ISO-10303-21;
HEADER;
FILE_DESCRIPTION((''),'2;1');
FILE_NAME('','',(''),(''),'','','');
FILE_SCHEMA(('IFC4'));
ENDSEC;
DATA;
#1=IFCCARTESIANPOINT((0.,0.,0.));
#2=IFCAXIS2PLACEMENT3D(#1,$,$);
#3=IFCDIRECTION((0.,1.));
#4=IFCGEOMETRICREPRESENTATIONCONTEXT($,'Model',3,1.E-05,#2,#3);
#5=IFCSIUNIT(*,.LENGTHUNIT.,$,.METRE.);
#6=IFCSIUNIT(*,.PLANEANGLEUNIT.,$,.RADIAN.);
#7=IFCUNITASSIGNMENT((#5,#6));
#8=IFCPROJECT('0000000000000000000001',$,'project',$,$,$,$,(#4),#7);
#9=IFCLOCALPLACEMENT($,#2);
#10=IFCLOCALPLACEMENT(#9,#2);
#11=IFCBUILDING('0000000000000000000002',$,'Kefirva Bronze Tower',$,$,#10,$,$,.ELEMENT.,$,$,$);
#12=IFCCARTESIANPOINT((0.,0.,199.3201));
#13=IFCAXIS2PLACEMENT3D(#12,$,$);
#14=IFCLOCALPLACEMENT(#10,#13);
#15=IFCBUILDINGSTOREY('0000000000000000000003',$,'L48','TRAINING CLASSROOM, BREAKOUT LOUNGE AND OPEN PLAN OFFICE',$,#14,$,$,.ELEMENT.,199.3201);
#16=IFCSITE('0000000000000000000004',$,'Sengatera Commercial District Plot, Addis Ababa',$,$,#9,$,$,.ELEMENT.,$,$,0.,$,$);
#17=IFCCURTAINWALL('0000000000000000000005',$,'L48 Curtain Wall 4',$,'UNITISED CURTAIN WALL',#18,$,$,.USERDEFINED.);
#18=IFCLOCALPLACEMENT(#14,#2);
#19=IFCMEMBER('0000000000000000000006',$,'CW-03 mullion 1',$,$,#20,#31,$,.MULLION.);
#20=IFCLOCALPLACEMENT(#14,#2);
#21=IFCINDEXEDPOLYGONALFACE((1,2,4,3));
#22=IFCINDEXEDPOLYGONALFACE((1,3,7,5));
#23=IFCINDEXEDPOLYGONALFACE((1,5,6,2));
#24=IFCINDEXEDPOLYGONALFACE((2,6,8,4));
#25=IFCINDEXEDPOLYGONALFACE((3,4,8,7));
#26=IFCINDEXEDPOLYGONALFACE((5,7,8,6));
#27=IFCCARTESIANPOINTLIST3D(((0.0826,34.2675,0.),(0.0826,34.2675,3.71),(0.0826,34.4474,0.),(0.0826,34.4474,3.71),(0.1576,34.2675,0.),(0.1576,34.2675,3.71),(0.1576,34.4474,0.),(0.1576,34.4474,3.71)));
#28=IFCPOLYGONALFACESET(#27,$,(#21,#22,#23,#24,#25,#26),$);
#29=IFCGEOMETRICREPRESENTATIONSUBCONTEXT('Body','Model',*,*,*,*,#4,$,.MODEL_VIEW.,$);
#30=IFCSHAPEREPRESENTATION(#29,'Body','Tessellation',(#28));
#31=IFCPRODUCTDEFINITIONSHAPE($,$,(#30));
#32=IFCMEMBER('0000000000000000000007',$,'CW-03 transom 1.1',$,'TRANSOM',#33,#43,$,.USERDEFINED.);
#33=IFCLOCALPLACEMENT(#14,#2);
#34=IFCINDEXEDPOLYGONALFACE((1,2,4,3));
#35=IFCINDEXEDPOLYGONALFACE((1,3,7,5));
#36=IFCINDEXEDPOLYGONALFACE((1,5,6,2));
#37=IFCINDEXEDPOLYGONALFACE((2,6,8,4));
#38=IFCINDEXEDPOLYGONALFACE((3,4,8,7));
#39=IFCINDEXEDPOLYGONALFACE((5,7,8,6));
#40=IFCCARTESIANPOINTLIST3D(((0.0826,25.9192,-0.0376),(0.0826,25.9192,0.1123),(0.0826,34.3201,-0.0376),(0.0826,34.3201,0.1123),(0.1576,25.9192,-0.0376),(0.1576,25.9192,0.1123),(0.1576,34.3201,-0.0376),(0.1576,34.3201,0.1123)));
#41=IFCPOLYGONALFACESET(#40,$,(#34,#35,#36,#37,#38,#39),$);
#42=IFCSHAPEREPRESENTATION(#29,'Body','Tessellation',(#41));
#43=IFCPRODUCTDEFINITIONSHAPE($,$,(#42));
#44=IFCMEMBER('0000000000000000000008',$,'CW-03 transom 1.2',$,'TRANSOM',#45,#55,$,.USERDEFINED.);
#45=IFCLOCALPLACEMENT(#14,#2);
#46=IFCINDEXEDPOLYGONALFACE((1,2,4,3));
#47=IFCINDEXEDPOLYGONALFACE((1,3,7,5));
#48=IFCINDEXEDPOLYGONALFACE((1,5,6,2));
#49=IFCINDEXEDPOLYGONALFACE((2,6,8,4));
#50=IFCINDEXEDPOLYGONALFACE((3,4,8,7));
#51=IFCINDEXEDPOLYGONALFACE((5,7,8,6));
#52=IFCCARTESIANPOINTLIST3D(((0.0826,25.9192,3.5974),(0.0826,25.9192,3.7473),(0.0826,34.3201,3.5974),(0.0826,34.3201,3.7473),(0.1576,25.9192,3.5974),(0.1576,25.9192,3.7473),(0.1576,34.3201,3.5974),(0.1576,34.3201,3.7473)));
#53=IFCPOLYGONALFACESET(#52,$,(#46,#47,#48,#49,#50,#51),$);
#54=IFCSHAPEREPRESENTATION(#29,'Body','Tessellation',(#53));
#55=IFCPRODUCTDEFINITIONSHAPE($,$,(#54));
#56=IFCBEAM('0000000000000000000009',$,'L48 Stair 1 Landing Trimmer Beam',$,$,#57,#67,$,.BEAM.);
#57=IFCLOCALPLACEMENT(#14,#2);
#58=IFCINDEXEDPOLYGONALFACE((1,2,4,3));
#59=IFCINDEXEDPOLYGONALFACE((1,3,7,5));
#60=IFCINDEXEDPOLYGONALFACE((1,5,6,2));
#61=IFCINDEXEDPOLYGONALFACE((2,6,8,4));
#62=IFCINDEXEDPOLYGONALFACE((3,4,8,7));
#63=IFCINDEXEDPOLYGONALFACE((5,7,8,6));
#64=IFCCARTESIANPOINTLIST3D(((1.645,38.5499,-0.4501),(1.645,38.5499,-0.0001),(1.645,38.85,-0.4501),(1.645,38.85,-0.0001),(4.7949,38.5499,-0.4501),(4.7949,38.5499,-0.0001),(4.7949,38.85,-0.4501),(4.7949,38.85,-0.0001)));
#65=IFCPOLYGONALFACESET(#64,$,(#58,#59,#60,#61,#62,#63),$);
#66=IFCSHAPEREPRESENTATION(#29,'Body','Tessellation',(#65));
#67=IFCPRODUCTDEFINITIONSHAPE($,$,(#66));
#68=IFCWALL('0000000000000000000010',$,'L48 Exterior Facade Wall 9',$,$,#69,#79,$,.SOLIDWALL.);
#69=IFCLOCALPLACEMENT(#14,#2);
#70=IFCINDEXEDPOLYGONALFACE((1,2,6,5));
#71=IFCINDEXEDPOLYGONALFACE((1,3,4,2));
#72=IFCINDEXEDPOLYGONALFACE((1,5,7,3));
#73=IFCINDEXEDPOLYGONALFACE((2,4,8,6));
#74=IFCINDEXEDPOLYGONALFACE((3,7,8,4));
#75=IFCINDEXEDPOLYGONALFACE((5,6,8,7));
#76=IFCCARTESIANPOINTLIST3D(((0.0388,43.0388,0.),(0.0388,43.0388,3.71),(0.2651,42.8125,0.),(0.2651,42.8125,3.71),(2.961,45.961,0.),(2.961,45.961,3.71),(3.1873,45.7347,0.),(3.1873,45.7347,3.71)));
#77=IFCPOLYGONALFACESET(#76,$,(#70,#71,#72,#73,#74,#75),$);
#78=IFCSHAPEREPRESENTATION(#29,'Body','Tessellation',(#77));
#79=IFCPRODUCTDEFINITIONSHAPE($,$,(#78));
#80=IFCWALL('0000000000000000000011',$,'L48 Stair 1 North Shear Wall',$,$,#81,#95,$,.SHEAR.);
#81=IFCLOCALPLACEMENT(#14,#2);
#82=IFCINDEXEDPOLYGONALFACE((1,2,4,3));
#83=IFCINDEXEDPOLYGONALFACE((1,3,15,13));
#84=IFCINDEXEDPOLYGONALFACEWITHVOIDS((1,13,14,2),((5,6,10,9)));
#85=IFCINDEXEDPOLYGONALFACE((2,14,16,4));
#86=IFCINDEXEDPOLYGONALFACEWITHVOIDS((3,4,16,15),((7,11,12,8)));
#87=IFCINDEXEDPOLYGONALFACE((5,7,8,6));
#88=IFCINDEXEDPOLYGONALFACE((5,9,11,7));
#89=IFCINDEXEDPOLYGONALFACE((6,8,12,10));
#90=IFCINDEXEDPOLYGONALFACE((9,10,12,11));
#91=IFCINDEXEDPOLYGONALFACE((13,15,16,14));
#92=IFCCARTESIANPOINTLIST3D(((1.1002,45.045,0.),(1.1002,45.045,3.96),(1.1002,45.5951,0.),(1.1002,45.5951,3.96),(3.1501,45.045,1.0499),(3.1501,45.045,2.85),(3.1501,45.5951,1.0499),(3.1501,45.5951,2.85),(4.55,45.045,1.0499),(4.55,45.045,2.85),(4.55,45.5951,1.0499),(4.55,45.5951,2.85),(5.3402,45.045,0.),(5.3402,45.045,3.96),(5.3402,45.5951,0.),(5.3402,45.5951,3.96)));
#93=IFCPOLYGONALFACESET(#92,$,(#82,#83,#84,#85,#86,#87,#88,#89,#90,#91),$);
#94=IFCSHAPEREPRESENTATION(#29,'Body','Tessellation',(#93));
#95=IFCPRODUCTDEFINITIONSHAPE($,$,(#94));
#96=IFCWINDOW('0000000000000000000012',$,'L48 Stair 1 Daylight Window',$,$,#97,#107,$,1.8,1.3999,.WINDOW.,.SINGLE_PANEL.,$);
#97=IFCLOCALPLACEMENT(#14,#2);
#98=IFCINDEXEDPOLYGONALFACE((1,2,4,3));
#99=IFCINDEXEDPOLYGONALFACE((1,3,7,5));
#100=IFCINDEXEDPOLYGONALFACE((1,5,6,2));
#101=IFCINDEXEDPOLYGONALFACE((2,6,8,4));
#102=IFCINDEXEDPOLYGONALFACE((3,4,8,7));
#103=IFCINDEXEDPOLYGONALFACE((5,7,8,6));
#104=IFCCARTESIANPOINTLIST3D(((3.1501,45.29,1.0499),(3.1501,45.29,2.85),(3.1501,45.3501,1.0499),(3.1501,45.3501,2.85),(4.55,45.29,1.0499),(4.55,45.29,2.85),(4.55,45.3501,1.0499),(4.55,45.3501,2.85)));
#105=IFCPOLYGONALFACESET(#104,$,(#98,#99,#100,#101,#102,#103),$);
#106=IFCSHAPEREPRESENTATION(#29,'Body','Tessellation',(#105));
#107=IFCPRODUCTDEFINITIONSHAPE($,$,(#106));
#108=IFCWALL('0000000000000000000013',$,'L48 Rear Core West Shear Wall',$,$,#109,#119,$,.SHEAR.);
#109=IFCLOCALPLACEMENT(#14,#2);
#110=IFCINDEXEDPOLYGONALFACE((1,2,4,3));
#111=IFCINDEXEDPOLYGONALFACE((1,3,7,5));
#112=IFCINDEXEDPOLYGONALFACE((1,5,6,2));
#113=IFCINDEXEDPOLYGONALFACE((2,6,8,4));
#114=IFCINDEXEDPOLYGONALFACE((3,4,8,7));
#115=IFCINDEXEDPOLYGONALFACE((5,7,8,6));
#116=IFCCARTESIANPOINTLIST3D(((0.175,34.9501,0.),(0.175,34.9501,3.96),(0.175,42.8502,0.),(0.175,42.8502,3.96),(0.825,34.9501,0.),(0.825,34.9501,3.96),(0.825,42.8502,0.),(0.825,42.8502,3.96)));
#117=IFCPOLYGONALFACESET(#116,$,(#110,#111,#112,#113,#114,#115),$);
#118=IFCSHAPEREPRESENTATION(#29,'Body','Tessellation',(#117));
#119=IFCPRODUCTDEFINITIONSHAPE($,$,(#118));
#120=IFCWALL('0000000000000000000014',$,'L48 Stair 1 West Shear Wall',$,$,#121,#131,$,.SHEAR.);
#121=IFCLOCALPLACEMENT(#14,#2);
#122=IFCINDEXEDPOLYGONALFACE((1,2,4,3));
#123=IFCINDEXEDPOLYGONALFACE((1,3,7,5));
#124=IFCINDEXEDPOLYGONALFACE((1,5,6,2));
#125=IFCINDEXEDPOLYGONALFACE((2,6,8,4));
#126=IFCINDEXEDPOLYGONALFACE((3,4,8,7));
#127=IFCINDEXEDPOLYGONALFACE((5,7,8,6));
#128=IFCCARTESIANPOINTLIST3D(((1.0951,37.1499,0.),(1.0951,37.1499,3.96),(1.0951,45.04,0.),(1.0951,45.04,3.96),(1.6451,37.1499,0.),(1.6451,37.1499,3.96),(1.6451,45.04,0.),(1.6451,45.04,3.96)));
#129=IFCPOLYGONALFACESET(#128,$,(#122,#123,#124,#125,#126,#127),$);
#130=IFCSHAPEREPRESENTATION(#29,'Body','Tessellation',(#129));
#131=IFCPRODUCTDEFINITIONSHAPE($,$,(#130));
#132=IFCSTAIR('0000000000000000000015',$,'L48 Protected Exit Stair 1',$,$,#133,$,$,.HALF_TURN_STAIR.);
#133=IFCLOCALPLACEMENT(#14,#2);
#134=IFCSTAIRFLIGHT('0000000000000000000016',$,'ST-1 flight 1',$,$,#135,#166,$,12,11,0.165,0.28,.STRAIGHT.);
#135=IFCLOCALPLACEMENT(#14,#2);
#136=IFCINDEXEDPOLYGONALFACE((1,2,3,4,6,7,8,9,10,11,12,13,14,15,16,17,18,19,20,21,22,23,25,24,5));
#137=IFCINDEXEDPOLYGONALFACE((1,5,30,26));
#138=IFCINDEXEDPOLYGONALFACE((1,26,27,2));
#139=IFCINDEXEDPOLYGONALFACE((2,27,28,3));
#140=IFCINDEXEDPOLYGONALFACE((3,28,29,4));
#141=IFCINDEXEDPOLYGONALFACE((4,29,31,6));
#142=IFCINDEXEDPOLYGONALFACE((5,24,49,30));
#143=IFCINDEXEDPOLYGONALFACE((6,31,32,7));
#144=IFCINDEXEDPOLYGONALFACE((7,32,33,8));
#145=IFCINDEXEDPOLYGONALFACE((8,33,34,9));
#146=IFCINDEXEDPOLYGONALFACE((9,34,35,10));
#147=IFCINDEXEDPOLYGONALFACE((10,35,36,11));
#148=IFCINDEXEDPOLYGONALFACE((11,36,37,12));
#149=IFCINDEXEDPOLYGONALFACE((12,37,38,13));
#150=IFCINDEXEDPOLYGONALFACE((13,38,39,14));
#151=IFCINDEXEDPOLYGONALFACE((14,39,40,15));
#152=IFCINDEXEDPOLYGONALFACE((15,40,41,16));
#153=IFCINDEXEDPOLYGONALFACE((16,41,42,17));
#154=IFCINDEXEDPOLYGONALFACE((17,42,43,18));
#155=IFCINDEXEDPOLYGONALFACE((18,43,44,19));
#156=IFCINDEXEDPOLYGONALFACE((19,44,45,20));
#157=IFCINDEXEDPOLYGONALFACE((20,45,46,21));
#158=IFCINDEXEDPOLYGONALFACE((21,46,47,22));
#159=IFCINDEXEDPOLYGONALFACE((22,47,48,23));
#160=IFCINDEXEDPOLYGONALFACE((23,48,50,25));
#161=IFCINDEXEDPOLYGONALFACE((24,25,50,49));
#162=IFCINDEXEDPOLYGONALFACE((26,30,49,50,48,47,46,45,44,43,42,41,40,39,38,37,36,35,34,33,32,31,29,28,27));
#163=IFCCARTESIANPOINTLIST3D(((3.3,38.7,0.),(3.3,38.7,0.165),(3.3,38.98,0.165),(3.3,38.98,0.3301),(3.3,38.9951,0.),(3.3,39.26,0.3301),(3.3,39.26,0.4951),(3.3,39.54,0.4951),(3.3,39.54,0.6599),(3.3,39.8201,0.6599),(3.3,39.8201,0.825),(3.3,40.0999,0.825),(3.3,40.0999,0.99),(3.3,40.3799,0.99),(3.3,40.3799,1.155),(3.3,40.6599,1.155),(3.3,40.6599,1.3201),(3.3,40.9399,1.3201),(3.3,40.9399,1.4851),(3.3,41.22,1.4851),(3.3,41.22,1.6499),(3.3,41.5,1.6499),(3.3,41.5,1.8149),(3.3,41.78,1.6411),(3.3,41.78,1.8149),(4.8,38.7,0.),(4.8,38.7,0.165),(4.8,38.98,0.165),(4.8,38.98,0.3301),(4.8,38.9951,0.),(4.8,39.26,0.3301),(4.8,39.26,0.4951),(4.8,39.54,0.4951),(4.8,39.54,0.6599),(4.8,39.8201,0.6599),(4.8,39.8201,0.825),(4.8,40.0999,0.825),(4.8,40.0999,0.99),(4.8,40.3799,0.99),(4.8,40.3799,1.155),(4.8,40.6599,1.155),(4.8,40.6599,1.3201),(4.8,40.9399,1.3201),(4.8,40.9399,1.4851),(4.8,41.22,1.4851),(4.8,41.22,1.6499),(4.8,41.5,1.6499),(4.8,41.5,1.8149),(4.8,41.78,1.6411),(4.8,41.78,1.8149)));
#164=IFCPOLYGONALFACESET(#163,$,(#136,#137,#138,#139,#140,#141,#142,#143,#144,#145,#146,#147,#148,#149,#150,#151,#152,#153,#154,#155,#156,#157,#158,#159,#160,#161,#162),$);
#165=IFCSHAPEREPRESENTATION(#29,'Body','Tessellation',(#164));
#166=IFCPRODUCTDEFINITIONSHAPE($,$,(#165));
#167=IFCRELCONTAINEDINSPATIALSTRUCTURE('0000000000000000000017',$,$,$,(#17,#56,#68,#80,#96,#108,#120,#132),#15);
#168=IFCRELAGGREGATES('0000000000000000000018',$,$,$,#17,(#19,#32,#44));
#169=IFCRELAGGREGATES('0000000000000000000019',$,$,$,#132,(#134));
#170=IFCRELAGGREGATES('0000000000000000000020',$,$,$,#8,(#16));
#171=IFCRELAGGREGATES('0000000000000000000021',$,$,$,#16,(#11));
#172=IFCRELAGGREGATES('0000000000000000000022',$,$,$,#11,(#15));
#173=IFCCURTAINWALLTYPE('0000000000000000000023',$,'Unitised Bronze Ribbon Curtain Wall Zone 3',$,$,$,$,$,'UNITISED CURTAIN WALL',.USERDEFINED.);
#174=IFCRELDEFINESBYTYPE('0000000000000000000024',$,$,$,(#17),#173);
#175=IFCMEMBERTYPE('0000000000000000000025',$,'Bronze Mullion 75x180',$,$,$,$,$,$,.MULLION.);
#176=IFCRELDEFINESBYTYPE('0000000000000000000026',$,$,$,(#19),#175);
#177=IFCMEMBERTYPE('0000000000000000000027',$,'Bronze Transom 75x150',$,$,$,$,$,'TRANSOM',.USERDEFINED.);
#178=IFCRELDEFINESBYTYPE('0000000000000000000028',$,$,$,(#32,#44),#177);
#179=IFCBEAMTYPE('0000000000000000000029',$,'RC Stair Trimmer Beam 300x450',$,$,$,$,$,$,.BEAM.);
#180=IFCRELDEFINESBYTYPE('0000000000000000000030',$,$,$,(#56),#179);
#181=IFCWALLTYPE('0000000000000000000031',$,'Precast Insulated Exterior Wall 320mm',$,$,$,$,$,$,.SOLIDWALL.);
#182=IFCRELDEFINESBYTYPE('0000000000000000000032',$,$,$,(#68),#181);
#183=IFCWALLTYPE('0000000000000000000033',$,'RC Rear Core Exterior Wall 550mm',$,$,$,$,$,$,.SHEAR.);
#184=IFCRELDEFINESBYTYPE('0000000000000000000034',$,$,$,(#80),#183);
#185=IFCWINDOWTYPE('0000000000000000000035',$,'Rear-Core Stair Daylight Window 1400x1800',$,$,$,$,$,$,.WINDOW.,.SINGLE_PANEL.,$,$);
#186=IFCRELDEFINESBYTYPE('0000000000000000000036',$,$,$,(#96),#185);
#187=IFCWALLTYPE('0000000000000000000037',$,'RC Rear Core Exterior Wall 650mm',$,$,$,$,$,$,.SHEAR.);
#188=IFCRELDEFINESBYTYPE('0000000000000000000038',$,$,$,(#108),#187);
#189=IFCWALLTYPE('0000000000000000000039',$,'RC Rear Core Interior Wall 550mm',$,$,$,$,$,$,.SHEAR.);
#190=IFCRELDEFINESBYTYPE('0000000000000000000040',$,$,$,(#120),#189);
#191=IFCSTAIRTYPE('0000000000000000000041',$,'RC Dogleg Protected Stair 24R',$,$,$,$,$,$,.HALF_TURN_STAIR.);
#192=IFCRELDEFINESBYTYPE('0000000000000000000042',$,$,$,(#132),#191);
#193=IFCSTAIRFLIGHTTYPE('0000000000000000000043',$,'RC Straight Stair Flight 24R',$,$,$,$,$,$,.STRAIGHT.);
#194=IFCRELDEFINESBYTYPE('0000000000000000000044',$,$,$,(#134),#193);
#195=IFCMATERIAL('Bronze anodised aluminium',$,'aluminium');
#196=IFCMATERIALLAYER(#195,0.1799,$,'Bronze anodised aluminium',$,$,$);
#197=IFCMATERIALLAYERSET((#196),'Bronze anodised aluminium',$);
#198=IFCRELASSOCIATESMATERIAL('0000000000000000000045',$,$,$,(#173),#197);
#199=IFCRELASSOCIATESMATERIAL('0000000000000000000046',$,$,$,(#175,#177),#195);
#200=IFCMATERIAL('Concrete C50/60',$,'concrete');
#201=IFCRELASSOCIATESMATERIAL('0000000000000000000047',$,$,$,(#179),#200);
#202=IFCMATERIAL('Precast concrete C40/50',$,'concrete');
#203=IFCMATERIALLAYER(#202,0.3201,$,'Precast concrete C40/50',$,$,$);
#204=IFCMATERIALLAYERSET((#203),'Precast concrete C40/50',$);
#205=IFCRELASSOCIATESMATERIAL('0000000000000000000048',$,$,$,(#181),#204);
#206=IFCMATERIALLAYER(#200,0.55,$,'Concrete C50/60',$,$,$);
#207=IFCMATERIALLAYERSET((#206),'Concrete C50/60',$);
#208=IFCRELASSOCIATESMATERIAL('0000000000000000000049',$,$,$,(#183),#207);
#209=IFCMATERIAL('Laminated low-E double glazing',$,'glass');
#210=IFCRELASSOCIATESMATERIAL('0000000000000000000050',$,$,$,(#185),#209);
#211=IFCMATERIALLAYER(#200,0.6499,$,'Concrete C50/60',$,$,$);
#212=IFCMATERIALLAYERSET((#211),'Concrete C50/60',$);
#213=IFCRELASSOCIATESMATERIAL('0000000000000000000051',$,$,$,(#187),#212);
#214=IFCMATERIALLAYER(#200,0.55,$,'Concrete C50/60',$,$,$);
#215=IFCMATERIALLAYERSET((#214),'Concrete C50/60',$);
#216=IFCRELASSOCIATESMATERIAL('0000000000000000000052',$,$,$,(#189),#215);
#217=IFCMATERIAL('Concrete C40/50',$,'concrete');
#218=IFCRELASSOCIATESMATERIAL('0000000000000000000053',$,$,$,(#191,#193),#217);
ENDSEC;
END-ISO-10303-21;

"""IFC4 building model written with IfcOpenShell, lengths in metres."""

from ifc_helpers import new_model, si_unit, direction, frame, frame_2d, origin, origin_2d, place, context, subcontext, project, spatial, polyline, rectangle, outline, extrude, material, layer, layer_set, material_profile, profile_set, type_object, element, fill, aggregate, save


model = new_model("IFC4")

# Units and contexts
model_context = context("Model", 3, precision=1e-05, world=origin(), true_north=direction((0.0, 1.0)))
body_context = subcontext(model_context, "Body", "Model", "MODEL_VIEW")
ifc_project = project(units=[si_unit("LENGTHUNIT", "METRE"), si_unit("PLANEANGLEUNIT", "RADIAN")], contexts=[model_context])

# Site, building, storey
site_placement = place(None, origin())
site = spatial("IfcSite", under=ifc_project, at=site_placement, Name="Sengatera Commercial District Plot, Addis Ababa", CompositionType="ELEMENT", RefElevation=0.0)
building_placement = place(site_placement, origin())
building = spatial("IfcBuilding", under=site, at=building_placement, Name="Kefirva Bronze Tower", CompositionType="ELEMENT")
storey_placement = place(building_placement, frame((0.0, 0.0, 199.3201)))
storey = spatial("IfcBuildingStorey", under=building, at=storey_placement, Name="L48", Description="TRAINING CLASSROOM, BREAKOUT LOUNGE AND OPEN PLAN OFFICE", CompositionType="ELEMENT", Elevation=199.3201)

# Curtain wall, members
ifc_material_1 = material(Name="Bronze anodised aluminium", Category="aluminium")
ifc_layer_1 = layer(ifc_material_1, 0.1799, Name="Bronze anodised aluminium")
ifc_layer_set_1 = layer_set([ifc_layer_1], Name="Bronze anodised aluminium")
curtain_wall_type = type_object("IfcCurtainWallType", Name="Unitised Bronze Ribbon Curtain Wall Zone 3", ElementType="UNITISED CURTAIN WALL", PredefinedType="USERDEFINED", material=ifc_layer_set_1)
curtain_wall_placement = place(storey_placement, origin())
curtain_wall = element("IfcCurtainWall", 1, at=curtain_wall_placement, inside=storey, type_object=curtain_wall_type, Name="L48 Curtain Wall 4", ObjectType="UNITISED CURTAIN WALL", PredefinedType="USERDEFINED")
ifc_material_profile_1 = material_profile(ifc_material_1, rectangle(XDim=0.075, YDim=0.1799, at=origin_2d()), Name="ALU 75x180")
ifc_profile_set_1 = profile_set([ifc_material_profile_1], Name="Bronze anodised aluminium")
member_type_1 = type_object("IfcMemberType", Name="Bronze Mullion 75x180", PredefinedType="MULLION", material=ifc_profile_set_1)
member_1_placement = place(storey_placement, frame((0.1201, 34.3574, 0.0), z_axis=(0.0, 0.0, 1.0), x_axis=(1.0, 0.0, 0.0)))
member_1 = element("IfcMember", 2, at=member_1_placement, type_object=member_type_1, Name="CW-03 mullion 1", PredefinedType="MULLION", context=body_context, shape_type="SweptSolid", body=[
    extrude(rectangle(XDim=0.075, YDim=0.1799, at=origin_2d()), origin(), (0.0, 0.0, 1.0), 3.71),
])
ifc_material_profile_2 = material_profile(ifc_material_1, rectangle(XDim=0.075, YDim=0.1499, at=origin_2d()), Name="ALU 75x150")
ifc_profile_set_2 = profile_set([ifc_material_profile_2], Name="Bronze anodised aluminium")
member_type_2 = type_object("IfcMemberType", Name="Bronze Transom 75x150", ElementType="TRANSOM", PredefinedType="USERDEFINED", material=ifc_profile_set_2)
member_2_placement = place(storey_placement, frame((0.1201, 34.3201, 0.0374), z_axis=(0.0, -1.0, 0.0), x_axis=(1.0, 0.0, 0.0)))
member_2 = element("IfcMember", 3, at=member_2_placement, type_object=member_type_2, Name="CW-03 transom 1.1", ObjectType="TRANSOM", PredefinedType="USERDEFINED", context=body_context, shape_type="SweptSolid", body=[
    extrude(rectangle(XDim=0.075, YDim=0.1499, at=origin_2d()), origin(), (0.0, 0.0, 1.0), 8.4009),
])
member_3_placement = place(storey_placement, frame((0.1201, 34.3201, 3.6724), z_axis=(0.0, -1.0, 0.0), x_axis=(1.0, 0.0, 0.0)))
member_3 = element("IfcMember", 4, at=member_3_placement, type_object=member_type_2, Name="CW-03 transom 1.2", ObjectType="TRANSOM", PredefinedType="USERDEFINED", context=body_context, shape_type="SweptSolid", body=[
    extrude(rectangle(XDim=0.075, YDim=0.1499, at=origin_2d()), origin(), (0.0, 0.0, 1.0), 8.4009),
])
aggregate(curtain_wall, [member_1, member_2, member_3])

# Beam
ifc_material_2 = material(Name="Concrete C50/60", Category="concrete")
ifc_material_profile_3 = material_profile(ifc_material_2, rectangle(XDim=0.3, YDim=0.45, at=origin_2d()), Name="RC 300x450")
ifc_profile_set_3 = profile_set([ifc_material_profile_3], Name="Concrete C50/60")
beam_type = type_object("IfcBeamType", Name="RC Stair Trimmer Beam 300x450", PredefinedType="BEAM", material=ifc_profile_set_3)
beam_placement = place(storey_placement, frame((1.645, 38.7, -0.2251), z_axis=(1.0, 0.0, 0.0), x_axis=(0.0, 1.0, 0.0)))
element("IfcBeam", 5, at=beam_placement, inside=storey, type_object=beam_type, Name="L48 Stair 1 Landing Trimmer Beam", PredefinedType="BEAM", context=body_context, shape_type="SweptSolid", body=[
    extrude(rectangle(XDim=0.3, YDim=0.45, at=origin_2d()), origin(), (0.0, 0.0, 1.0), 3.1499),
])

# Wall
ifc_material_3 = material(Name="Precast concrete C40/50", Category="concrete")
ifc_layer_2 = layer(ifc_material_3, 0.3201, Name="Precast concrete C40/50")
ifc_layer_set_2 = layer_set([ifc_layer_2], Name="Precast concrete C40/50")
wall_type_1 = type_object("IfcWallType", Name="Precast Insulated Exterior Wall 320mm", PredefinedType="SOLIDWALL", material=ifc_layer_set_2)
wall_1_placement = place(storey_placement, frame((3.0742, 45.8479, 0.0), z_axis=(0.0, 0.0, 1.0), x_axis=(-0.707107, -0.707107, 0.0)))
element("IfcWall", 6, at=wall_1_placement, inside=storey, type_object=wall_type_1, Name="L48 Exterior Facade Wall 9", PredefinedType="SOLIDWALL", context=body_context, shape_type="SweptSolid", body=[
    extrude(rectangle(XDim=4.1326, YDim=0.3201, at=frame_2d((2.0664, 0.0))), origin(), (0.0, 0.0, 1.0), 3.71),
])

# Wall, opening, window
ifc_layer_3 = layer(ifc_material_2, 0.55, Name="Concrete C50/60")
ifc_layer_set_3 = layer_set([ifc_layer_3], Name="Concrete C50/60")
wall_type_2 = type_object("IfcWallType", Name="RC Rear Core Exterior Wall 550mm", PredefinedType="SHEAR", material=ifc_layer_set_3)
wall_2_placement = place(storey_placement, frame((1.1001, 45.3201, 0.0), z_axis=(0.0, 0.0, 1.0), x_axis=(1.0, 0.0, 0.0)))
wall_2 = element("IfcWall", 7, at=wall_2_placement, inside=storey, type_object=wall_type_2, Name="L48 Stair 1 North Shear Wall", PredefinedType="SHEAR", context=body_context, shape_type="SweptSolid", body=[
    extrude(rectangle(XDim=4.24, YDim=0.55, at=frame_2d((2.1201, 0.0))), origin(), (0.0, 0.0, 1.0), 3.96),
])
opening_1_placement = place(wall_2_placement, frame((2.05, 0.0, 1.05)))
opening_1 = element("IfcOpeningElement", 8, at=opening_1_placement, cuts=wall_2, PredefinedType="OPENING", context=body_context, shape_type="SweptSolid", body=[
    extrude(rectangle(XDim=1.3999, YDim=1.8, at=frame_2d((0.7, 0.8999))), frame((0.0, 0.2852, 0.0), z_axis=(0.0, -1.0, 0.0), x_axis=(1.0, 0.0, 0.0)), (0.0, 0.0, 1.0), 0.5701),
])
ifc_material_4 = material(Name="Laminated low-E double glazing", Category="glass")
window_type = type_object("IfcWindowType", Name="Rear-Core Stair Daylight Window 1400x1800", PartitioningType="SINGLE_PANEL", PredefinedType="WINDOW", material=ifc_material_4)
window_placement = place(opening_1_placement, origin())
window = element("IfcWindow", 9, at=window_placement, inside=storey, type_object=window_type, Name="L48 Stair 1 Daylight Window", OverallHeight=1.8, OverallWidth=1.3999, PartitioningType="SINGLE_PANEL", PredefinedType="WINDOW", context=body_context, shape_type="SweptSolid", body=[
    extrude(rectangle(XDim=1.3999, YDim=1.8, at=frame_2d((0.7, 0.8999))), frame((0.0, 0.03, 0.0), z_axis=(0.0, -1.0, 0.0), x_axis=(1.0, 0.0, 0.0)), (0.0, 0.0, 1.0), 0.0601),
])
fill(opening_1, window)

# Walls
ifc_layer_4 = layer(ifc_material_2, 0.6499, Name="Concrete C50/60")
ifc_layer_set_4 = layer_set([ifc_layer_4], Name="Concrete C50/60")
wall_type_3 = type_object("IfcWallType", Name="RC Rear Core Exterior Wall 650mm", PredefinedType="SHEAR", material=ifc_layer_set_4)
wall_3_placement = place(storey_placement, frame((0.5, 34.95, 0.0), z_axis=(0.0, 0.0, 1.0), x_axis=(0.0, 1.0, 0.0)))
element("IfcWall", 10, at=wall_3_placement, inside=storey, type_object=wall_type_3, Name="L48 Rear Core West Shear Wall", PredefinedType="SHEAR", context=body_context, shape_type="SweptSolid", body=[
    extrude(rectangle(XDim=7.9001, YDim=0.6499, at=frame_2d((3.9502, 0.0))), origin(), (0.0, 0.0, 1.0), 3.96),
])
ifc_layer_5 = layer(ifc_material_2, 0.55, Name="Concrete C50/60")
ifc_layer_set_5 = layer_set([ifc_layer_5], Name="Concrete C50/60")
wall_type_4 = type_object("IfcWallType", Name="RC Rear Core Interior Wall 550mm", PredefinedType="SHEAR", material=ifc_layer_set_5)
wall_4_placement = place(storey_placement, frame((1.3701, 37.1499, 0.0), z_axis=(0.0, 0.0, 1.0), x_axis=(0.0, 1.0, 0.0)))
element("IfcWall", 11, at=wall_4_placement, inside=storey, type_object=wall_type_4, Name="L48 Stair 1 West Shear Wall", PredefinedType="SHEAR", context=body_context, shape_type="SweptSolid", body=[
    extrude(rectangle(XDim=7.8901, YDim=0.55, at=frame_2d((3.9451, 0.0))), origin(), (0.0, 0.0, 1.0), 3.96),
])

# Stair, stair flight
ifc_material_5 = material(Name="Concrete C40/50", Category="concrete")
stair_type = type_object("IfcStairType", Name="RC Dogleg Protected Stair 24R", PredefinedType="HALF_TURN_STAIR", material=ifc_material_5)
stair_placement = place(storey_placement, origin())
stair = element("IfcStair", 12, at=stair_placement, inside=storey, type_object=stair_type, Name="L48 Protected Exit Stair 1", PredefinedType="HALF_TURN_STAIR")
stair_flight_type = type_object("IfcStairFlightType", Name="RC Straight Stair Flight 24R", PredefinedType="STRAIGHT", material=ifc_material_5)
stair_flight_1_placement = place(storey_placement, frame((4.05, 38.7, 0.0), z_axis=(0.0, 0.0, 1.0), x_axis=(0.0, 1.0, 0.0)))
stair_flight_1 = element("IfcStairFlight", 13, at=stair_flight_1_placement, type_object=stair_flight_type, Name="ST-1 flight 1", NumberOfRisers=12, NumberOfTreads=11, PredefinedType="STRAIGHT", RiserHeight=0.165, TreadLength=0.28, context=body_context, shape_type="SweptSolid", body=[
    extrude(outline(polyline([(0.0, 0.0), (0.0, 0.165), (0.28, 0.165), (0.28, 0.3301), (0.5601, 0.3301), (0.5601, 0.4951), (0.8401, 0.4951), (0.8401, 0.6599), (1.1201, 0.6599), (1.1201, 0.825), (1.3999, 0.825), (1.3999, 0.99), (1.6799, 0.99), (1.6799, 1.155), (1.96, 1.155), (1.96, 1.3201), (2.24, 1.3201), (2.24, 1.4851), (2.52, 1.4851), (2.52, 1.6499), (2.8, 1.6499), (2.8, 1.8149), (3.0801, 1.8149), (3.0801, 1.98), (3.0801, 1.6411), (0.2952, 0.0), (0.0, 0.0)])), frame((0.0, 0.75, 0.0), z_axis=(0.0, -1.0, 0.0), x_axis=(1.0, 0.0, 0.0)), (0.0, 0.0, 1.0), 1.5),
])
aggregate(stair, [stair_flight_1])

save(model, "model.ifc")
